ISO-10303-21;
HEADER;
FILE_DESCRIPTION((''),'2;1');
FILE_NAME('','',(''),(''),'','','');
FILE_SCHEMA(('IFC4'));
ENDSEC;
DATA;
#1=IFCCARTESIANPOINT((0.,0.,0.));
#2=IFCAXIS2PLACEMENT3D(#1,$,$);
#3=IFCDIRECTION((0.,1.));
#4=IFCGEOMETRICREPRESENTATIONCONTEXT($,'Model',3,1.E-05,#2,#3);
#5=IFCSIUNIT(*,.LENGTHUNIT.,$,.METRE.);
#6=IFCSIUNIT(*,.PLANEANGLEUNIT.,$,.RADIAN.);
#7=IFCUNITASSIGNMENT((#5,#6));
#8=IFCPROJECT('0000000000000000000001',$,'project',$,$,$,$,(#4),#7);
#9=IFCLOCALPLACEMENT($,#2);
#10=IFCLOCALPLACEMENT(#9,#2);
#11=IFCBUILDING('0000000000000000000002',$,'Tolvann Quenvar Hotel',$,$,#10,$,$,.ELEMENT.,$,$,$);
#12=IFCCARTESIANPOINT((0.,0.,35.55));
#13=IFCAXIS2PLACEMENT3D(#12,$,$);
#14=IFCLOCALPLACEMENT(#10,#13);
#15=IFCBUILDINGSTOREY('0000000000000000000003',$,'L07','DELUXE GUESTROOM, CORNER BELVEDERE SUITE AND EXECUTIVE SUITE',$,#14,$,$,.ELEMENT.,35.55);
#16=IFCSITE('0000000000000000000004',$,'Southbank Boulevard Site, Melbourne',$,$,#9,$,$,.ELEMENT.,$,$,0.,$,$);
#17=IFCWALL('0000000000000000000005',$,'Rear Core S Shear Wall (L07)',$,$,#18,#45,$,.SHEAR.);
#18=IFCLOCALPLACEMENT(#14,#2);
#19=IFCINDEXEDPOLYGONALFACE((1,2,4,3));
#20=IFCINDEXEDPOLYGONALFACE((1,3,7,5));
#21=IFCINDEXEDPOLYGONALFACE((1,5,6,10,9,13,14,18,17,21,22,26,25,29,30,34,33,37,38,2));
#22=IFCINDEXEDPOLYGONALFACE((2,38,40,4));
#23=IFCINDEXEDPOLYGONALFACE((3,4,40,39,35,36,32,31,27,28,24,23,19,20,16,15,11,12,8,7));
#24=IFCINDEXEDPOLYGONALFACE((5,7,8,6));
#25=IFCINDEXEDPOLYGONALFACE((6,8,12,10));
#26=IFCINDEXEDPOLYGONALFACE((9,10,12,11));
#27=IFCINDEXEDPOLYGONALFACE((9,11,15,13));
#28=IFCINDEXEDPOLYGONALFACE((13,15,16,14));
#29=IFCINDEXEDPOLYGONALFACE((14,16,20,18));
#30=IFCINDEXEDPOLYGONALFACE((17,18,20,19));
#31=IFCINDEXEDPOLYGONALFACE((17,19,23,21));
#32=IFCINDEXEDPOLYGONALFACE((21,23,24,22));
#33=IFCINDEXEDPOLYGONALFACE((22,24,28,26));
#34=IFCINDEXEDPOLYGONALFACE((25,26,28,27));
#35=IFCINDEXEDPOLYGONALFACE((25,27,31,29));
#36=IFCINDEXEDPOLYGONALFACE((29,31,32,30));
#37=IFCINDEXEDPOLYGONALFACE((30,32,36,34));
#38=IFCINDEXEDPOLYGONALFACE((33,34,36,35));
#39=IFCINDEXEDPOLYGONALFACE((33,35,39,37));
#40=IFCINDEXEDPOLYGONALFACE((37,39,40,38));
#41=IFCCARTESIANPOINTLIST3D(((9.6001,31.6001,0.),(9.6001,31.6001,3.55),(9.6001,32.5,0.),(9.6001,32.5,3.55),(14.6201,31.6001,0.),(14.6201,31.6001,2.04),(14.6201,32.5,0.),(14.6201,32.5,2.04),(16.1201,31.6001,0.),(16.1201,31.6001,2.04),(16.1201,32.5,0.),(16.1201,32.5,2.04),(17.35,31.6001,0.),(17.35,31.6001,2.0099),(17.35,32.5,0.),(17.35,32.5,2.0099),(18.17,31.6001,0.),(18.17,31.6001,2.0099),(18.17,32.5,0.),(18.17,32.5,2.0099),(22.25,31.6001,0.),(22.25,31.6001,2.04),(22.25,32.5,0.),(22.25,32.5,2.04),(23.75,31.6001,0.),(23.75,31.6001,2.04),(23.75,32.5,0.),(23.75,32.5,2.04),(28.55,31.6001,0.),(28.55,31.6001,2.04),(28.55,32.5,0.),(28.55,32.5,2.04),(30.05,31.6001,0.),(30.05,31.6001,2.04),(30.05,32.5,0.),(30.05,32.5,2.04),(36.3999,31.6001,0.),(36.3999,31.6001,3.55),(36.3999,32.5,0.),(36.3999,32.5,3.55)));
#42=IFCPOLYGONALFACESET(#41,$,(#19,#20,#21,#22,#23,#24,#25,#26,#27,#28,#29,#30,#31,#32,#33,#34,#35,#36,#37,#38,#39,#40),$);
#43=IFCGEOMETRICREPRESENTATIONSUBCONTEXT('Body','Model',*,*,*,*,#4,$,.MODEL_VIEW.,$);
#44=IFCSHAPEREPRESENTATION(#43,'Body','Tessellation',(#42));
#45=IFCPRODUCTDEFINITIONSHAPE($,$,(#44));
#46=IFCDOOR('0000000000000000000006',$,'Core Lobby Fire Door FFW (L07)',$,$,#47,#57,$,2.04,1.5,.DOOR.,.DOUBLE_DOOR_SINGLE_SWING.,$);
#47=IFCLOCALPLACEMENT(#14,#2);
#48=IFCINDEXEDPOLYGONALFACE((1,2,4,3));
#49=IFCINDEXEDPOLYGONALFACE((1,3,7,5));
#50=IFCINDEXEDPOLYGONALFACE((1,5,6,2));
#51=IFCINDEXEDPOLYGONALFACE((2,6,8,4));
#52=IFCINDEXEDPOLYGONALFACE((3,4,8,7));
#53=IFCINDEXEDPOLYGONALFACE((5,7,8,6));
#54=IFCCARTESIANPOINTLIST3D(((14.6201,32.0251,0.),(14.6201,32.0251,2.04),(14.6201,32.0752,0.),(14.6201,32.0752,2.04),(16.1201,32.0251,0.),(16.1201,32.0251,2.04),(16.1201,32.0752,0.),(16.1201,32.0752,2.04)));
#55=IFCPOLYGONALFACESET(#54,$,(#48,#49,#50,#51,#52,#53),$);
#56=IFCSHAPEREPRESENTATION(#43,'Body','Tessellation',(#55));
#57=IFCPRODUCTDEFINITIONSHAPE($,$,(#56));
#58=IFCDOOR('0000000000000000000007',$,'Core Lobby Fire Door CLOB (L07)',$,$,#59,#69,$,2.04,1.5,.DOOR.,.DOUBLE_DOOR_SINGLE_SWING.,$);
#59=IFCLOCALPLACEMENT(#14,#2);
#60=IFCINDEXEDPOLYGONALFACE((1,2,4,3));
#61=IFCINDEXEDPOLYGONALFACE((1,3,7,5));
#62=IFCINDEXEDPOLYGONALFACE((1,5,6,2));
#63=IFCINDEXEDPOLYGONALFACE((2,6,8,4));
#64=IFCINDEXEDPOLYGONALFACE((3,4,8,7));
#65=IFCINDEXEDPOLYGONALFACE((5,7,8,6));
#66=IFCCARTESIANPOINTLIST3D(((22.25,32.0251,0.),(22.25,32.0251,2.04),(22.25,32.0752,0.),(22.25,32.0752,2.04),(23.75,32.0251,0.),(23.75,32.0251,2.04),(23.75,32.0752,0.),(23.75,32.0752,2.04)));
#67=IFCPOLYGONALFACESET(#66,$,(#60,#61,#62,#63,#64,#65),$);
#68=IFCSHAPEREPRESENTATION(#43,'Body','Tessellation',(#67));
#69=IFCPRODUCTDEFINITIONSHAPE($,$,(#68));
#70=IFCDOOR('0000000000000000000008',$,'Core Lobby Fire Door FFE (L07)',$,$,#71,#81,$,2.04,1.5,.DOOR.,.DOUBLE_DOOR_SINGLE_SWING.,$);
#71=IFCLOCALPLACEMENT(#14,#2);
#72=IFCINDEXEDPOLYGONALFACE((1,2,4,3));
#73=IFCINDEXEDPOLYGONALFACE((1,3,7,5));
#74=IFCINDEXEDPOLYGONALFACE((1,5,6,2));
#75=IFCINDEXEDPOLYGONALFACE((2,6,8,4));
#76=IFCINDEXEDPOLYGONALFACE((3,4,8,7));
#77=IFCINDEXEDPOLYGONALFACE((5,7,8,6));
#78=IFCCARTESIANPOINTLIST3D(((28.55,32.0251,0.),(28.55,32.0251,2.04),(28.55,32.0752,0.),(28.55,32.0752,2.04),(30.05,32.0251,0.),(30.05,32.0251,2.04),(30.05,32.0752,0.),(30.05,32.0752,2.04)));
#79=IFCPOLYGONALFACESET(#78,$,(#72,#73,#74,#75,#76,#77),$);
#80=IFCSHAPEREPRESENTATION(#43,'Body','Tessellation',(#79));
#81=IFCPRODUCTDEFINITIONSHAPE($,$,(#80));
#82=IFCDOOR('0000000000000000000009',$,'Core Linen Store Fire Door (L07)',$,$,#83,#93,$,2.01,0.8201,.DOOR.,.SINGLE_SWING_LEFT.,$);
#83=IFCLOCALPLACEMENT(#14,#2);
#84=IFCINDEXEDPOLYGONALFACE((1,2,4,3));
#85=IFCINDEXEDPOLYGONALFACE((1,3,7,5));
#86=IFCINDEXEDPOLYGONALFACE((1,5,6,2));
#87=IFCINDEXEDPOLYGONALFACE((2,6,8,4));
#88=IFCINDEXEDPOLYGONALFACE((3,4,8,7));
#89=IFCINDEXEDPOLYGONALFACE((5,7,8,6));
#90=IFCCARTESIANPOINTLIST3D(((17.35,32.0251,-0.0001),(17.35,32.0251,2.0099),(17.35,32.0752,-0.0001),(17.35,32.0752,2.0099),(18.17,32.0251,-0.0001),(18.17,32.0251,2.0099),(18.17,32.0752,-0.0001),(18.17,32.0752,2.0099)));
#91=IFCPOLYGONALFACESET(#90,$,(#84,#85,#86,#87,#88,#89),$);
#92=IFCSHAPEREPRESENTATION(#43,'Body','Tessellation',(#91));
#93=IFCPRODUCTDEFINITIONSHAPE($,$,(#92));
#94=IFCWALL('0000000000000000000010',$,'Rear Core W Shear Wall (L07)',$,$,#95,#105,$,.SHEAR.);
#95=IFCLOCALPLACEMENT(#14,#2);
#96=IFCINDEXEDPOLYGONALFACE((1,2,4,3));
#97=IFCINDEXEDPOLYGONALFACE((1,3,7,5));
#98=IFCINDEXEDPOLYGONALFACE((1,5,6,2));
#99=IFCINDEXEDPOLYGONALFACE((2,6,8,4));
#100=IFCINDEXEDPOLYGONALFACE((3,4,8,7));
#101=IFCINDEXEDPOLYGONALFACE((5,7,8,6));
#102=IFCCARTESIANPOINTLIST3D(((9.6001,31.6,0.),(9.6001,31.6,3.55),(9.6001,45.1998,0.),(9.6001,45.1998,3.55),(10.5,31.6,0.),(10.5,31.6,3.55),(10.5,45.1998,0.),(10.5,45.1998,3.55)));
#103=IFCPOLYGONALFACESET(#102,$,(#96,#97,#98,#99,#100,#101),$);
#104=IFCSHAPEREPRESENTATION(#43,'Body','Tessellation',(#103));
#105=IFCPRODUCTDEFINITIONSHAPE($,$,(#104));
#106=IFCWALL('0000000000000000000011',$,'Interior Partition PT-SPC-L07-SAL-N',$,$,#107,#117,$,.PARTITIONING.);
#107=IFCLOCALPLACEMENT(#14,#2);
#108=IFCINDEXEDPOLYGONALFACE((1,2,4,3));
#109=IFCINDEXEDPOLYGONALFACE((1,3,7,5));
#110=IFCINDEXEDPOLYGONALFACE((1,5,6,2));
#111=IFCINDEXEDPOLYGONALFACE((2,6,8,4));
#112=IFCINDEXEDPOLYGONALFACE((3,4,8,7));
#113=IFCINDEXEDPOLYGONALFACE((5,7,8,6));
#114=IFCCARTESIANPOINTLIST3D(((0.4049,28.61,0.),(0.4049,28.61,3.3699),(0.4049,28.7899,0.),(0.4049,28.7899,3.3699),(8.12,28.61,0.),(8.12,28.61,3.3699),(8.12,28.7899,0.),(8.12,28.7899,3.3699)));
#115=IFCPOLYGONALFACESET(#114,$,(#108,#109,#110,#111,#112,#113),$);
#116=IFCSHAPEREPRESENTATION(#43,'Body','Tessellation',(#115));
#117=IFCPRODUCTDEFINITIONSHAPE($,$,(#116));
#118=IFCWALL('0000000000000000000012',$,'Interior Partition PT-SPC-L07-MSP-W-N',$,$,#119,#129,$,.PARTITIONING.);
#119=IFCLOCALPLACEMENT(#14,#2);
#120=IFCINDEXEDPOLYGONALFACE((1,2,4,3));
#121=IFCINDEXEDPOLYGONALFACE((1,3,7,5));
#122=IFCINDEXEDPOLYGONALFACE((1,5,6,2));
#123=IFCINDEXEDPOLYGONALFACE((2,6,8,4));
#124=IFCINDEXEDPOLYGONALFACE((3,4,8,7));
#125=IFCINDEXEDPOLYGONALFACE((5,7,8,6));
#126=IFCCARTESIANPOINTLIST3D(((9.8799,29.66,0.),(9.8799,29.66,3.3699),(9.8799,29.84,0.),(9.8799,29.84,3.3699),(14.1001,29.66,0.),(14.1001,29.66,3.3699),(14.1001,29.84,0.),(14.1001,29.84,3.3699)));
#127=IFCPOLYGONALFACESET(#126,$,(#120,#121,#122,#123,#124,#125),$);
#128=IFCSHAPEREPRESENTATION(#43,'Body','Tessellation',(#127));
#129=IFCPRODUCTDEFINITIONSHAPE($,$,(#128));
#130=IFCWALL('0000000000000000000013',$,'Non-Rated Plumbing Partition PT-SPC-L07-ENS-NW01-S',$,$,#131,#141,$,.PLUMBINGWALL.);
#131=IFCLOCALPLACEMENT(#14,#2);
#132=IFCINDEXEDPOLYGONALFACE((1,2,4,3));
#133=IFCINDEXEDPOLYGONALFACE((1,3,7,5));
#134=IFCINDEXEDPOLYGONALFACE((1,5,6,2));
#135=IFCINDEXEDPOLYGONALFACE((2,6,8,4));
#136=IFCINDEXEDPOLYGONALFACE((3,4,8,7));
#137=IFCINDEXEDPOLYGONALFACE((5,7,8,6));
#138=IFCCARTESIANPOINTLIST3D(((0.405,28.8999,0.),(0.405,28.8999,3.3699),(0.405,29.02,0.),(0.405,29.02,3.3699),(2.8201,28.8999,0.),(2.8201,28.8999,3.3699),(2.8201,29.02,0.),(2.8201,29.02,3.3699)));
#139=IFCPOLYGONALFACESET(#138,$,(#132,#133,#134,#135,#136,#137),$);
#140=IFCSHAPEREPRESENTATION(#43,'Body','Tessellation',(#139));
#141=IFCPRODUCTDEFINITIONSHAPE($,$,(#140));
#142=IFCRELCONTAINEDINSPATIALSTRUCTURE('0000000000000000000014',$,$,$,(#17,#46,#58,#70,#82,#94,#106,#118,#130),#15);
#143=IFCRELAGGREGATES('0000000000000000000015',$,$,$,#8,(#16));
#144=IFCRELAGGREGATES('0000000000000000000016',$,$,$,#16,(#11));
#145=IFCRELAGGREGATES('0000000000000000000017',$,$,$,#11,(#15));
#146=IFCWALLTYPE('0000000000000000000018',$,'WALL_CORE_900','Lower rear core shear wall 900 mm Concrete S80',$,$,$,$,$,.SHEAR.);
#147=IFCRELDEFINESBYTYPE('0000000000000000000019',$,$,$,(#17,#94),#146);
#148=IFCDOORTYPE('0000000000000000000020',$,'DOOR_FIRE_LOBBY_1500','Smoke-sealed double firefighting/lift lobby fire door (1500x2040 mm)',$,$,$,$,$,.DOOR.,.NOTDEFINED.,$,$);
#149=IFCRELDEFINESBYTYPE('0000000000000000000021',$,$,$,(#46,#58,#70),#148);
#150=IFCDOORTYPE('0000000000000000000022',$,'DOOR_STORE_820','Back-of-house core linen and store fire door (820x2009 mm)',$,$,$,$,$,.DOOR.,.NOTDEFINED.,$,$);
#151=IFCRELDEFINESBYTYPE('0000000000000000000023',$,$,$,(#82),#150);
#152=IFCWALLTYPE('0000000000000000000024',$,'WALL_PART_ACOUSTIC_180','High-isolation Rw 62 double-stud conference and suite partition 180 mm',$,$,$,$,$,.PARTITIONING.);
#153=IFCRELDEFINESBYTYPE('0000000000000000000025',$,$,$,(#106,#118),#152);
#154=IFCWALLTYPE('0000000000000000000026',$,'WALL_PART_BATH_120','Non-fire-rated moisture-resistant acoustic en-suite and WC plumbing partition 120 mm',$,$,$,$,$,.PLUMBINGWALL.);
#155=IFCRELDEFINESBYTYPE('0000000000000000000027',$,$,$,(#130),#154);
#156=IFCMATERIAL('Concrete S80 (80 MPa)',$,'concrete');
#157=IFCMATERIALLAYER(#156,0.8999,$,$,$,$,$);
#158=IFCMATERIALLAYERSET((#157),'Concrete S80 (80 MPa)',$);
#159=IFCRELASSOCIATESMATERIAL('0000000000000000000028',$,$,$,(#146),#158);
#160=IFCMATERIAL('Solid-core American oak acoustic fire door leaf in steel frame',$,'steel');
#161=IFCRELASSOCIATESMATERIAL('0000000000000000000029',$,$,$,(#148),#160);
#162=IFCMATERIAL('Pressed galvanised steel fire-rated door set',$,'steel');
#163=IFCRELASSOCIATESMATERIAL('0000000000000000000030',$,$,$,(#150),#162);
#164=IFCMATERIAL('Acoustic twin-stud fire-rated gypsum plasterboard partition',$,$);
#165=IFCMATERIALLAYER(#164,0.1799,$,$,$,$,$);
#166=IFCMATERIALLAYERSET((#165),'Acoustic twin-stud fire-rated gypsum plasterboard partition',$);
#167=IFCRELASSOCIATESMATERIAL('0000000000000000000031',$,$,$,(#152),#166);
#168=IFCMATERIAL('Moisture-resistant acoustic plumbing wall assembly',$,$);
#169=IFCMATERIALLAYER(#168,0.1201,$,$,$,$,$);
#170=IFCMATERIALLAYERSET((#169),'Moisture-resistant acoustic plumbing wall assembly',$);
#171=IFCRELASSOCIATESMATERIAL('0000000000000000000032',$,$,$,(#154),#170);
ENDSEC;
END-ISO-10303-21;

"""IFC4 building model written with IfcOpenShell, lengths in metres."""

from ifc_helpers import new_model, si_unit, direction, frame, frame_2d, origin, place, context, subcontext, project, spatial, rectangle, extrude, source, transform, mapped, material, layer, layer_set, type_object, type_shapes, element, fill, save


model = new_model("IFC4")

# Units and contexts
model_context = context("Model", 3, precision=1e-05, world=origin(), true_north=direction((0.0, 1.0)))
body_context = subcontext(model_context, "Body", "Model", "MODEL_VIEW")
ifc_project = project(units=[si_unit("LENGTHUNIT", "METRE"), si_unit("PLANEANGLEUNIT", "RADIAN")], contexts=[model_context])

# Site, building, storey
site_placement = place(None, origin())
site = spatial("IfcSite", under=ifc_project, at=site_placement, Name="Southbank Boulevard Site, Melbourne", CompositionType="ELEMENT", RefElevation=0.0)
building_placement = place(site_placement, origin())
building = spatial("IfcBuilding", under=site, at=building_placement, Name="Tolvann Quenvar Hotel", CompositionType="ELEMENT")
storey_placement = place(building_placement, frame((0.0, 0.0, 35.55)))
storey = spatial("IfcBuildingStorey", under=building, at=storey_placement, Name="L07", Description="DELUXE GUESTROOM, CORNER BELVEDERE SUITE AND EXECUTIVE SUITE", CompositionType="ELEMENT", Elevation=35.55)

# Wall, openings, doors
ifc_material_1 = material(Name="Concrete S80 (80 MPa)", Category="concrete")
ifc_layer_1 = layer(ifc_material_1, 0.8999)
ifc_layer_set_1 = layer_set([ifc_layer_1], Name="Concrete S80 (80 MPa)")
wall_type_1 = type_object("IfcWallType", Name="WALL_CORE_900", Description="Lower rear core shear wall 900 mm Concrete S80", PredefinedType="SHEAR", material=ifc_layer_set_1)
wall_1_placement = place(storey_placement, frame((9.6001, 32.05, 0.0), z_axis=(0.0, 0.0, 1.0), x_axis=(1.0, 0.0, 0.0)))
wall_1 = element("IfcWall", 1, at=wall_1_placement, inside=storey, type_object=wall_type_1, Name="Rear Core S Shear Wall (L07)", PredefinedType="SHEAR", context=body_context, shape_type="SweptSolid", body=[
    extrude(rectangle(XDim=26.7998, YDim=0.8999, at=frame_2d((13.3999, 0.0))), origin(), (0.0, 0.0, 1.0), 3.55),
])
opening_1_placement = place(wall_1_placement, frame((6.52, 0.0, 0.0), z_axis=(0.0, 0.0, 1.0), x_axis=(-1.0, 0.0, 0.0)))
opening_1 = element("IfcOpeningElement", 2, at=opening_1_placement, cuts=wall_1, PredefinedType="OPENING", context=body_context, shape_type="SweptSolid", body=[
    extrude(rectangle(XDim=1.5, YDim=2.04, at=frame_2d((0.75, 1.02))), frame((0.0, 0.46, 0.0), z_axis=(0.0, -1.0, 0.0), x_axis=(1.0, 0.0, 0.0)), (0.0, 0.0, 1.0), 0.9199),
])
opening_2_placement = place(wall_1_placement, frame((14.1499, 0.0, 0.0), z_axis=(0.0, 0.0, 1.0), x_axis=(-1.0, 0.0, 0.0)))
opening_2 = element("IfcOpeningElement", 3, at=opening_2_placement, cuts=wall_1, PredefinedType="OPENING", context=body_context, shape_type="SweptSolid", body=[
    extrude(rectangle(XDim=1.5, YDim=2.04, at=frame_2d((0.75, 1.02))), frame((0.0, 0.46, 0.0), z_axis=(0.0, -1.0, 0.0), x_axis=(1.0, 0.0, 0.0)), (0.0, 0.0, 1.0), 0.9199),
])
opening_3_placement = place(wall_1_placement, frame((20.45, 0.0, 0.0), z_axis=(0.0, 0.0, 1.0), x_axis=(-1.0, 0.0, 0.0)))
opening_3 = element("IfcOpeningElement", 4, at=opening_3_placement, cuts=wall_1, PredefinedType="OPENING", context=body_context, shape_type="SweptSolid", body=[
    extrude(rectangle(XDim=1.5, YDim=2.04, at=frame_2d((0.75, 1.02))), frame((0.0, 0.46, 0.0), z_axis=(0.0, -1.0, 0.0), x_axis=(1.0, 0.0, 0.0)), (0.0, 0.0, 1.0), 0.9199),
])
opening_4_placement = place(wall_1_placement, frame((8.5701, 0.0, 0.0), z_axis=(0.0, 0.0, 1.0), x_axis=(-1.0, 0.0, 0.0)))
opening_4 = element("IfcOpeningElement", 5, at=opening_4_placement, cuts=wall_1, PredefinedType="OPENING", context=body_context, shape_type="SweptSolid", body=[
    extrude(rectangle(XDim=0.8201, YDim=2.01, at=frame_2d((0.4102, 1.0049))), frame((0.0, 0.46, 0.0), z_axis=(0.0, -1.0, 0.0), x_axis=(1.0, 0.0, 0.0)), (0.0, 0.0, 1.0), 0.9199),
])
ifc_material_2 = material(Name="Solid-core American oak acoustic fire door leaf in steel frame", Category="steel")
door_type_1 = type_object("IfcDoorType", Name="DOOR_FIRE_LOBBY_1500", Description="Smoke-sealed double firefighting/lift lobby fire door (1500x2040 mm)", OperationType="NOTDEFINED", PredefinedType="DOOR", material=ifc_material_2)
shared_shape_1 = source(origin(), body_context, "Body", "SweptSolid", [
    extrude(rectangle(XDim=1.5, YDim=2.04, at=frame_2d((0.75, 1.02))), frame((0.0, 0.0249, 0.0), z_axis=(0.0, -1.0, 0.0), x_axis=(1.0, 0.0, 0.0)), (0.0, 0.0, 1.0), 0.05),
])
type_shapes(door_type_1, [shared_shape_1])
door_1_placement = place(opening_1_placement, origin())
door_1 = element("IfcDoor", 6, at=door_1_placement, inside=storey, type_object=door_type_1, Name="Core Lobby Fire Door FFW (L07)", OperationType="DOUBLE_DOOR_SINGLE_SWING", OverallHeight=2.04, OverallWidth=1.5, PredefinedType="DOOR", context=body_context, shape_type="MappedRepresentation", body=[
    mapped(shared_shape_1, transform((0.0, 0.0, 0.0), x_axis=(1.0, 0.0, 0.0), y_axis=(0.0, 1.0, 0.0), z_axis=(0.0, 0.0, 1.0), scale=1.0)),
])
fill(opening_1, door_1)
door_2_placement = place(opening_2_placement, origin())
door_2 = element("IfcDoor", 7, at=door_2_placement, inside=storey, type_object=door_type_1, Name="Core Lobby Fire Door CLOB (L07)", OperationType="DOUBLE_DOOR_SINGLE_SWING", OverallHeight=2.04, OverallWidth=1.5, PredefinedType="DOOR", context=body_context, shape_type="MappedRepresentation", body=[
    mapped(shared_shape_1, transform((0.0, 0.0, 0.0), x_axis=(1.0, 0.0, 0.0), y_axis=(0.0, 1.0, 0.0), z_axis=(0.0, 0.0, 1.0), scale=1.0)),
])
fill(opening_2, door_2)
door_3_placement = place(opening_3_placement, origin())
door_3 = element("IfcDoor", 8, at=door_3_placement, inside=storey, type_object=door_type_1, Name="Core Lobby Fire Door FFE (L07)", OperationType="DOUBLE_DOOR_SINGLE_SWING", OverallHeight=2.04, OverallWidth=1.5, PredefinedType="DOOR", context=body_context, shape_type="MappedRepresentation", body=[
    mapped(shared_shape_1, transform((0.0, 0.0, 0.0), x_axis=(1.0, 0.0, 0.0), y_axis=(0.0, 1.0, 0.0), z_axis=(0.0, 0.0, 1.0), scale=1.0)),
])
fill(opening_3, door_3)
ifc_material_3 = material(Name="Pressed galvanised steel fire-rated door set", Category="steel")
door_type_2 = type_object("IfcDoorType", Name="DOOR_STORE_820", Description="Back-of-house core linen and store fire door (820x2009 mm)", OperationType="NOTDEFINED", PredefinedType="DOOR", material=ifc_material_3)
shared_shape_2 = source(origin(), body_context, "Body", "SweptSolid", [
    extrude(rectangle(XDim=0.8201, YDim=2.01, at=frame_2d((0.4102, 1.0049))), frame((0.0, 0.0249, 0.0), z_axis=(0.0, -1.0, 0.0), x_axis=(1.0, 0.0, 0.0)), (0.0, 0.0, 1.0), 0.05),
])
type_shapes(door_type_2, [shared_shape_2])
door_4_placement = place(opening_4_placement, origin())
door_4 = element("IfcDoor", 9, at=door_4_placement, inside=storey, type_object=door_type_2, Name="Core Linen Store Fire Door (L07)", OperationType="SINGLE_SWING_LEFT", OverallHeight=2.01, OverallWidth=0.8201, PredefinedType="DOOR", context=body_context, shape_type="MappedRepresentation", body=[
    mapped(shared_shape_2, transform((0.0, 0.0, 0.0), x_axis=(1.0, 0.0, 0.0), y_axis=(0.0, 1.0, 0.0), z_axis=(0.0, 0.0, 1.0), scale=1.0)),
])
fill(opening_4, door_4)

# Walls
wall_2_placement = place(storey_placement, frame((10.05, 31.6001, 0.0), z_axis=(0.0, 0.0, 1.0), x_axis=(0.0, 1.0, 0.0)))
element("IfcWall", 10, at=wall_2_placement, inside=storey, type_object=wall_type_1, Name="Rear Core W Shear Wall (L07)", PredefinedType="SHEAR", context=body_context, shape_type="SweptSolid", body=[
    extrude(rectangle(XDim=13.5999, YDim=0.8999, at=frame_2d((6.7998, 0.0))), origin(), (0.0, 0.0, 1.0), 3.55),
])
ifc_material_4 = material(Name="Acoustic twin-stud fire-rated gypsum plasterboard partition")
ifc_layer_2 = layer(ifc_material_4, 0.1799)
ifc_layer_set_2 = layer_set([ifc_layer_2], Name="Acoustic twin-stud fire-rated gypsum plasterboard partition")
wall_type_2 = type_object("IfcWallType", Name="WALL_PART_ACOUSTIC_180", Description="High-isolation Rw 62 double-stud conference and suite partition 180 mm", PredefinedType="PARTITIONING", material=ifc_layer_set_2)
wall_3_placement = place(storey_placement, frame((0.405, 28.7, 0.0), z_axis=(0.0, 0.0, 1.0), x_axis=(1.0, 0.0, 0.0)))
element("IfcWall", 11, at=wall_3_placement, inside=storey, type_object=wall_type_2, Name="Interior Partition PT-SPC-L07-SAL-N", PredefinedType="PARTITIONING", context=body_context, shape_type="SweptSolid", body=[
    extrude(rectangle(XDim=7.7151, YDim=0.1799, at=frame_2d((3.8574, 0.0))), origin(), (0.0, 0.0, 1.0), 3.3699),
])
wall_4_placement = place(storey_placement, frame((9.8799, 29.75, 0.0), z_axis=(0.0, 0.0, 1.0), x_axis=(1.0, 0.0, 0.0)))
element("IfcWall", 12, at=wall_4_placement, inside=storey, type_object=wall_type_2, Name="Interior Partition PT-SPC-L07-MSP-W-N", PredefinedType="PARTITIONING", context=body_context, shape_type="SweptSolid", body=[
    extrude(rectangle(XDim=4.2202, YDim=0.1799, at=frame_2d((2.1101, 0.0))), origin(), (0.0, 0.0, 1.0), 3.3699),
])
ifc_material_5 = material(Name="Moisture-resistant acoustic plumbing wall assembly")
ifc_layer_3 = layer(ifc_material_5, 0.1201)
ifc_layer_set_3 = layer_set([ifc_layer_3], Name="Moisture-resistant acoustic plumbing wall assembly")
wall_type_3 = type_object("IfcWallType", Name="WALL_PART_BATH_120", Description="Non-fire-rated moisture-resistant acoustic en-suite and WC plumbing partition 120 mm", PredefinedType="PLUMBINGWALL", material=ifc_layer_set_3)
wall_5_placement = place(storey_placement, frame((0.405, 28.96, 0.0), z_axis=(0.0, 0.0, 1.0), x_axis=(1.0, 0.0, 0.0)))
element("IfcWall", 13, at=wall_5_placement, inside=storey, type_object=wall_type_3, Name="Non-Rated Plumbing Partition PT-SPC-L07-ENS-NW01-S", PredefinedType="PLUMBINGWALL", context=body_context, shape_type="SweptSolid", body=[
    extrude(rectangle(XDim=2.415, YDim=0.1201, at=frame_2d((1.2075, 0.0))), origin(), (0.0, 0.0, 1.0), 3.3699),
])

save(model, "model.ifc")
